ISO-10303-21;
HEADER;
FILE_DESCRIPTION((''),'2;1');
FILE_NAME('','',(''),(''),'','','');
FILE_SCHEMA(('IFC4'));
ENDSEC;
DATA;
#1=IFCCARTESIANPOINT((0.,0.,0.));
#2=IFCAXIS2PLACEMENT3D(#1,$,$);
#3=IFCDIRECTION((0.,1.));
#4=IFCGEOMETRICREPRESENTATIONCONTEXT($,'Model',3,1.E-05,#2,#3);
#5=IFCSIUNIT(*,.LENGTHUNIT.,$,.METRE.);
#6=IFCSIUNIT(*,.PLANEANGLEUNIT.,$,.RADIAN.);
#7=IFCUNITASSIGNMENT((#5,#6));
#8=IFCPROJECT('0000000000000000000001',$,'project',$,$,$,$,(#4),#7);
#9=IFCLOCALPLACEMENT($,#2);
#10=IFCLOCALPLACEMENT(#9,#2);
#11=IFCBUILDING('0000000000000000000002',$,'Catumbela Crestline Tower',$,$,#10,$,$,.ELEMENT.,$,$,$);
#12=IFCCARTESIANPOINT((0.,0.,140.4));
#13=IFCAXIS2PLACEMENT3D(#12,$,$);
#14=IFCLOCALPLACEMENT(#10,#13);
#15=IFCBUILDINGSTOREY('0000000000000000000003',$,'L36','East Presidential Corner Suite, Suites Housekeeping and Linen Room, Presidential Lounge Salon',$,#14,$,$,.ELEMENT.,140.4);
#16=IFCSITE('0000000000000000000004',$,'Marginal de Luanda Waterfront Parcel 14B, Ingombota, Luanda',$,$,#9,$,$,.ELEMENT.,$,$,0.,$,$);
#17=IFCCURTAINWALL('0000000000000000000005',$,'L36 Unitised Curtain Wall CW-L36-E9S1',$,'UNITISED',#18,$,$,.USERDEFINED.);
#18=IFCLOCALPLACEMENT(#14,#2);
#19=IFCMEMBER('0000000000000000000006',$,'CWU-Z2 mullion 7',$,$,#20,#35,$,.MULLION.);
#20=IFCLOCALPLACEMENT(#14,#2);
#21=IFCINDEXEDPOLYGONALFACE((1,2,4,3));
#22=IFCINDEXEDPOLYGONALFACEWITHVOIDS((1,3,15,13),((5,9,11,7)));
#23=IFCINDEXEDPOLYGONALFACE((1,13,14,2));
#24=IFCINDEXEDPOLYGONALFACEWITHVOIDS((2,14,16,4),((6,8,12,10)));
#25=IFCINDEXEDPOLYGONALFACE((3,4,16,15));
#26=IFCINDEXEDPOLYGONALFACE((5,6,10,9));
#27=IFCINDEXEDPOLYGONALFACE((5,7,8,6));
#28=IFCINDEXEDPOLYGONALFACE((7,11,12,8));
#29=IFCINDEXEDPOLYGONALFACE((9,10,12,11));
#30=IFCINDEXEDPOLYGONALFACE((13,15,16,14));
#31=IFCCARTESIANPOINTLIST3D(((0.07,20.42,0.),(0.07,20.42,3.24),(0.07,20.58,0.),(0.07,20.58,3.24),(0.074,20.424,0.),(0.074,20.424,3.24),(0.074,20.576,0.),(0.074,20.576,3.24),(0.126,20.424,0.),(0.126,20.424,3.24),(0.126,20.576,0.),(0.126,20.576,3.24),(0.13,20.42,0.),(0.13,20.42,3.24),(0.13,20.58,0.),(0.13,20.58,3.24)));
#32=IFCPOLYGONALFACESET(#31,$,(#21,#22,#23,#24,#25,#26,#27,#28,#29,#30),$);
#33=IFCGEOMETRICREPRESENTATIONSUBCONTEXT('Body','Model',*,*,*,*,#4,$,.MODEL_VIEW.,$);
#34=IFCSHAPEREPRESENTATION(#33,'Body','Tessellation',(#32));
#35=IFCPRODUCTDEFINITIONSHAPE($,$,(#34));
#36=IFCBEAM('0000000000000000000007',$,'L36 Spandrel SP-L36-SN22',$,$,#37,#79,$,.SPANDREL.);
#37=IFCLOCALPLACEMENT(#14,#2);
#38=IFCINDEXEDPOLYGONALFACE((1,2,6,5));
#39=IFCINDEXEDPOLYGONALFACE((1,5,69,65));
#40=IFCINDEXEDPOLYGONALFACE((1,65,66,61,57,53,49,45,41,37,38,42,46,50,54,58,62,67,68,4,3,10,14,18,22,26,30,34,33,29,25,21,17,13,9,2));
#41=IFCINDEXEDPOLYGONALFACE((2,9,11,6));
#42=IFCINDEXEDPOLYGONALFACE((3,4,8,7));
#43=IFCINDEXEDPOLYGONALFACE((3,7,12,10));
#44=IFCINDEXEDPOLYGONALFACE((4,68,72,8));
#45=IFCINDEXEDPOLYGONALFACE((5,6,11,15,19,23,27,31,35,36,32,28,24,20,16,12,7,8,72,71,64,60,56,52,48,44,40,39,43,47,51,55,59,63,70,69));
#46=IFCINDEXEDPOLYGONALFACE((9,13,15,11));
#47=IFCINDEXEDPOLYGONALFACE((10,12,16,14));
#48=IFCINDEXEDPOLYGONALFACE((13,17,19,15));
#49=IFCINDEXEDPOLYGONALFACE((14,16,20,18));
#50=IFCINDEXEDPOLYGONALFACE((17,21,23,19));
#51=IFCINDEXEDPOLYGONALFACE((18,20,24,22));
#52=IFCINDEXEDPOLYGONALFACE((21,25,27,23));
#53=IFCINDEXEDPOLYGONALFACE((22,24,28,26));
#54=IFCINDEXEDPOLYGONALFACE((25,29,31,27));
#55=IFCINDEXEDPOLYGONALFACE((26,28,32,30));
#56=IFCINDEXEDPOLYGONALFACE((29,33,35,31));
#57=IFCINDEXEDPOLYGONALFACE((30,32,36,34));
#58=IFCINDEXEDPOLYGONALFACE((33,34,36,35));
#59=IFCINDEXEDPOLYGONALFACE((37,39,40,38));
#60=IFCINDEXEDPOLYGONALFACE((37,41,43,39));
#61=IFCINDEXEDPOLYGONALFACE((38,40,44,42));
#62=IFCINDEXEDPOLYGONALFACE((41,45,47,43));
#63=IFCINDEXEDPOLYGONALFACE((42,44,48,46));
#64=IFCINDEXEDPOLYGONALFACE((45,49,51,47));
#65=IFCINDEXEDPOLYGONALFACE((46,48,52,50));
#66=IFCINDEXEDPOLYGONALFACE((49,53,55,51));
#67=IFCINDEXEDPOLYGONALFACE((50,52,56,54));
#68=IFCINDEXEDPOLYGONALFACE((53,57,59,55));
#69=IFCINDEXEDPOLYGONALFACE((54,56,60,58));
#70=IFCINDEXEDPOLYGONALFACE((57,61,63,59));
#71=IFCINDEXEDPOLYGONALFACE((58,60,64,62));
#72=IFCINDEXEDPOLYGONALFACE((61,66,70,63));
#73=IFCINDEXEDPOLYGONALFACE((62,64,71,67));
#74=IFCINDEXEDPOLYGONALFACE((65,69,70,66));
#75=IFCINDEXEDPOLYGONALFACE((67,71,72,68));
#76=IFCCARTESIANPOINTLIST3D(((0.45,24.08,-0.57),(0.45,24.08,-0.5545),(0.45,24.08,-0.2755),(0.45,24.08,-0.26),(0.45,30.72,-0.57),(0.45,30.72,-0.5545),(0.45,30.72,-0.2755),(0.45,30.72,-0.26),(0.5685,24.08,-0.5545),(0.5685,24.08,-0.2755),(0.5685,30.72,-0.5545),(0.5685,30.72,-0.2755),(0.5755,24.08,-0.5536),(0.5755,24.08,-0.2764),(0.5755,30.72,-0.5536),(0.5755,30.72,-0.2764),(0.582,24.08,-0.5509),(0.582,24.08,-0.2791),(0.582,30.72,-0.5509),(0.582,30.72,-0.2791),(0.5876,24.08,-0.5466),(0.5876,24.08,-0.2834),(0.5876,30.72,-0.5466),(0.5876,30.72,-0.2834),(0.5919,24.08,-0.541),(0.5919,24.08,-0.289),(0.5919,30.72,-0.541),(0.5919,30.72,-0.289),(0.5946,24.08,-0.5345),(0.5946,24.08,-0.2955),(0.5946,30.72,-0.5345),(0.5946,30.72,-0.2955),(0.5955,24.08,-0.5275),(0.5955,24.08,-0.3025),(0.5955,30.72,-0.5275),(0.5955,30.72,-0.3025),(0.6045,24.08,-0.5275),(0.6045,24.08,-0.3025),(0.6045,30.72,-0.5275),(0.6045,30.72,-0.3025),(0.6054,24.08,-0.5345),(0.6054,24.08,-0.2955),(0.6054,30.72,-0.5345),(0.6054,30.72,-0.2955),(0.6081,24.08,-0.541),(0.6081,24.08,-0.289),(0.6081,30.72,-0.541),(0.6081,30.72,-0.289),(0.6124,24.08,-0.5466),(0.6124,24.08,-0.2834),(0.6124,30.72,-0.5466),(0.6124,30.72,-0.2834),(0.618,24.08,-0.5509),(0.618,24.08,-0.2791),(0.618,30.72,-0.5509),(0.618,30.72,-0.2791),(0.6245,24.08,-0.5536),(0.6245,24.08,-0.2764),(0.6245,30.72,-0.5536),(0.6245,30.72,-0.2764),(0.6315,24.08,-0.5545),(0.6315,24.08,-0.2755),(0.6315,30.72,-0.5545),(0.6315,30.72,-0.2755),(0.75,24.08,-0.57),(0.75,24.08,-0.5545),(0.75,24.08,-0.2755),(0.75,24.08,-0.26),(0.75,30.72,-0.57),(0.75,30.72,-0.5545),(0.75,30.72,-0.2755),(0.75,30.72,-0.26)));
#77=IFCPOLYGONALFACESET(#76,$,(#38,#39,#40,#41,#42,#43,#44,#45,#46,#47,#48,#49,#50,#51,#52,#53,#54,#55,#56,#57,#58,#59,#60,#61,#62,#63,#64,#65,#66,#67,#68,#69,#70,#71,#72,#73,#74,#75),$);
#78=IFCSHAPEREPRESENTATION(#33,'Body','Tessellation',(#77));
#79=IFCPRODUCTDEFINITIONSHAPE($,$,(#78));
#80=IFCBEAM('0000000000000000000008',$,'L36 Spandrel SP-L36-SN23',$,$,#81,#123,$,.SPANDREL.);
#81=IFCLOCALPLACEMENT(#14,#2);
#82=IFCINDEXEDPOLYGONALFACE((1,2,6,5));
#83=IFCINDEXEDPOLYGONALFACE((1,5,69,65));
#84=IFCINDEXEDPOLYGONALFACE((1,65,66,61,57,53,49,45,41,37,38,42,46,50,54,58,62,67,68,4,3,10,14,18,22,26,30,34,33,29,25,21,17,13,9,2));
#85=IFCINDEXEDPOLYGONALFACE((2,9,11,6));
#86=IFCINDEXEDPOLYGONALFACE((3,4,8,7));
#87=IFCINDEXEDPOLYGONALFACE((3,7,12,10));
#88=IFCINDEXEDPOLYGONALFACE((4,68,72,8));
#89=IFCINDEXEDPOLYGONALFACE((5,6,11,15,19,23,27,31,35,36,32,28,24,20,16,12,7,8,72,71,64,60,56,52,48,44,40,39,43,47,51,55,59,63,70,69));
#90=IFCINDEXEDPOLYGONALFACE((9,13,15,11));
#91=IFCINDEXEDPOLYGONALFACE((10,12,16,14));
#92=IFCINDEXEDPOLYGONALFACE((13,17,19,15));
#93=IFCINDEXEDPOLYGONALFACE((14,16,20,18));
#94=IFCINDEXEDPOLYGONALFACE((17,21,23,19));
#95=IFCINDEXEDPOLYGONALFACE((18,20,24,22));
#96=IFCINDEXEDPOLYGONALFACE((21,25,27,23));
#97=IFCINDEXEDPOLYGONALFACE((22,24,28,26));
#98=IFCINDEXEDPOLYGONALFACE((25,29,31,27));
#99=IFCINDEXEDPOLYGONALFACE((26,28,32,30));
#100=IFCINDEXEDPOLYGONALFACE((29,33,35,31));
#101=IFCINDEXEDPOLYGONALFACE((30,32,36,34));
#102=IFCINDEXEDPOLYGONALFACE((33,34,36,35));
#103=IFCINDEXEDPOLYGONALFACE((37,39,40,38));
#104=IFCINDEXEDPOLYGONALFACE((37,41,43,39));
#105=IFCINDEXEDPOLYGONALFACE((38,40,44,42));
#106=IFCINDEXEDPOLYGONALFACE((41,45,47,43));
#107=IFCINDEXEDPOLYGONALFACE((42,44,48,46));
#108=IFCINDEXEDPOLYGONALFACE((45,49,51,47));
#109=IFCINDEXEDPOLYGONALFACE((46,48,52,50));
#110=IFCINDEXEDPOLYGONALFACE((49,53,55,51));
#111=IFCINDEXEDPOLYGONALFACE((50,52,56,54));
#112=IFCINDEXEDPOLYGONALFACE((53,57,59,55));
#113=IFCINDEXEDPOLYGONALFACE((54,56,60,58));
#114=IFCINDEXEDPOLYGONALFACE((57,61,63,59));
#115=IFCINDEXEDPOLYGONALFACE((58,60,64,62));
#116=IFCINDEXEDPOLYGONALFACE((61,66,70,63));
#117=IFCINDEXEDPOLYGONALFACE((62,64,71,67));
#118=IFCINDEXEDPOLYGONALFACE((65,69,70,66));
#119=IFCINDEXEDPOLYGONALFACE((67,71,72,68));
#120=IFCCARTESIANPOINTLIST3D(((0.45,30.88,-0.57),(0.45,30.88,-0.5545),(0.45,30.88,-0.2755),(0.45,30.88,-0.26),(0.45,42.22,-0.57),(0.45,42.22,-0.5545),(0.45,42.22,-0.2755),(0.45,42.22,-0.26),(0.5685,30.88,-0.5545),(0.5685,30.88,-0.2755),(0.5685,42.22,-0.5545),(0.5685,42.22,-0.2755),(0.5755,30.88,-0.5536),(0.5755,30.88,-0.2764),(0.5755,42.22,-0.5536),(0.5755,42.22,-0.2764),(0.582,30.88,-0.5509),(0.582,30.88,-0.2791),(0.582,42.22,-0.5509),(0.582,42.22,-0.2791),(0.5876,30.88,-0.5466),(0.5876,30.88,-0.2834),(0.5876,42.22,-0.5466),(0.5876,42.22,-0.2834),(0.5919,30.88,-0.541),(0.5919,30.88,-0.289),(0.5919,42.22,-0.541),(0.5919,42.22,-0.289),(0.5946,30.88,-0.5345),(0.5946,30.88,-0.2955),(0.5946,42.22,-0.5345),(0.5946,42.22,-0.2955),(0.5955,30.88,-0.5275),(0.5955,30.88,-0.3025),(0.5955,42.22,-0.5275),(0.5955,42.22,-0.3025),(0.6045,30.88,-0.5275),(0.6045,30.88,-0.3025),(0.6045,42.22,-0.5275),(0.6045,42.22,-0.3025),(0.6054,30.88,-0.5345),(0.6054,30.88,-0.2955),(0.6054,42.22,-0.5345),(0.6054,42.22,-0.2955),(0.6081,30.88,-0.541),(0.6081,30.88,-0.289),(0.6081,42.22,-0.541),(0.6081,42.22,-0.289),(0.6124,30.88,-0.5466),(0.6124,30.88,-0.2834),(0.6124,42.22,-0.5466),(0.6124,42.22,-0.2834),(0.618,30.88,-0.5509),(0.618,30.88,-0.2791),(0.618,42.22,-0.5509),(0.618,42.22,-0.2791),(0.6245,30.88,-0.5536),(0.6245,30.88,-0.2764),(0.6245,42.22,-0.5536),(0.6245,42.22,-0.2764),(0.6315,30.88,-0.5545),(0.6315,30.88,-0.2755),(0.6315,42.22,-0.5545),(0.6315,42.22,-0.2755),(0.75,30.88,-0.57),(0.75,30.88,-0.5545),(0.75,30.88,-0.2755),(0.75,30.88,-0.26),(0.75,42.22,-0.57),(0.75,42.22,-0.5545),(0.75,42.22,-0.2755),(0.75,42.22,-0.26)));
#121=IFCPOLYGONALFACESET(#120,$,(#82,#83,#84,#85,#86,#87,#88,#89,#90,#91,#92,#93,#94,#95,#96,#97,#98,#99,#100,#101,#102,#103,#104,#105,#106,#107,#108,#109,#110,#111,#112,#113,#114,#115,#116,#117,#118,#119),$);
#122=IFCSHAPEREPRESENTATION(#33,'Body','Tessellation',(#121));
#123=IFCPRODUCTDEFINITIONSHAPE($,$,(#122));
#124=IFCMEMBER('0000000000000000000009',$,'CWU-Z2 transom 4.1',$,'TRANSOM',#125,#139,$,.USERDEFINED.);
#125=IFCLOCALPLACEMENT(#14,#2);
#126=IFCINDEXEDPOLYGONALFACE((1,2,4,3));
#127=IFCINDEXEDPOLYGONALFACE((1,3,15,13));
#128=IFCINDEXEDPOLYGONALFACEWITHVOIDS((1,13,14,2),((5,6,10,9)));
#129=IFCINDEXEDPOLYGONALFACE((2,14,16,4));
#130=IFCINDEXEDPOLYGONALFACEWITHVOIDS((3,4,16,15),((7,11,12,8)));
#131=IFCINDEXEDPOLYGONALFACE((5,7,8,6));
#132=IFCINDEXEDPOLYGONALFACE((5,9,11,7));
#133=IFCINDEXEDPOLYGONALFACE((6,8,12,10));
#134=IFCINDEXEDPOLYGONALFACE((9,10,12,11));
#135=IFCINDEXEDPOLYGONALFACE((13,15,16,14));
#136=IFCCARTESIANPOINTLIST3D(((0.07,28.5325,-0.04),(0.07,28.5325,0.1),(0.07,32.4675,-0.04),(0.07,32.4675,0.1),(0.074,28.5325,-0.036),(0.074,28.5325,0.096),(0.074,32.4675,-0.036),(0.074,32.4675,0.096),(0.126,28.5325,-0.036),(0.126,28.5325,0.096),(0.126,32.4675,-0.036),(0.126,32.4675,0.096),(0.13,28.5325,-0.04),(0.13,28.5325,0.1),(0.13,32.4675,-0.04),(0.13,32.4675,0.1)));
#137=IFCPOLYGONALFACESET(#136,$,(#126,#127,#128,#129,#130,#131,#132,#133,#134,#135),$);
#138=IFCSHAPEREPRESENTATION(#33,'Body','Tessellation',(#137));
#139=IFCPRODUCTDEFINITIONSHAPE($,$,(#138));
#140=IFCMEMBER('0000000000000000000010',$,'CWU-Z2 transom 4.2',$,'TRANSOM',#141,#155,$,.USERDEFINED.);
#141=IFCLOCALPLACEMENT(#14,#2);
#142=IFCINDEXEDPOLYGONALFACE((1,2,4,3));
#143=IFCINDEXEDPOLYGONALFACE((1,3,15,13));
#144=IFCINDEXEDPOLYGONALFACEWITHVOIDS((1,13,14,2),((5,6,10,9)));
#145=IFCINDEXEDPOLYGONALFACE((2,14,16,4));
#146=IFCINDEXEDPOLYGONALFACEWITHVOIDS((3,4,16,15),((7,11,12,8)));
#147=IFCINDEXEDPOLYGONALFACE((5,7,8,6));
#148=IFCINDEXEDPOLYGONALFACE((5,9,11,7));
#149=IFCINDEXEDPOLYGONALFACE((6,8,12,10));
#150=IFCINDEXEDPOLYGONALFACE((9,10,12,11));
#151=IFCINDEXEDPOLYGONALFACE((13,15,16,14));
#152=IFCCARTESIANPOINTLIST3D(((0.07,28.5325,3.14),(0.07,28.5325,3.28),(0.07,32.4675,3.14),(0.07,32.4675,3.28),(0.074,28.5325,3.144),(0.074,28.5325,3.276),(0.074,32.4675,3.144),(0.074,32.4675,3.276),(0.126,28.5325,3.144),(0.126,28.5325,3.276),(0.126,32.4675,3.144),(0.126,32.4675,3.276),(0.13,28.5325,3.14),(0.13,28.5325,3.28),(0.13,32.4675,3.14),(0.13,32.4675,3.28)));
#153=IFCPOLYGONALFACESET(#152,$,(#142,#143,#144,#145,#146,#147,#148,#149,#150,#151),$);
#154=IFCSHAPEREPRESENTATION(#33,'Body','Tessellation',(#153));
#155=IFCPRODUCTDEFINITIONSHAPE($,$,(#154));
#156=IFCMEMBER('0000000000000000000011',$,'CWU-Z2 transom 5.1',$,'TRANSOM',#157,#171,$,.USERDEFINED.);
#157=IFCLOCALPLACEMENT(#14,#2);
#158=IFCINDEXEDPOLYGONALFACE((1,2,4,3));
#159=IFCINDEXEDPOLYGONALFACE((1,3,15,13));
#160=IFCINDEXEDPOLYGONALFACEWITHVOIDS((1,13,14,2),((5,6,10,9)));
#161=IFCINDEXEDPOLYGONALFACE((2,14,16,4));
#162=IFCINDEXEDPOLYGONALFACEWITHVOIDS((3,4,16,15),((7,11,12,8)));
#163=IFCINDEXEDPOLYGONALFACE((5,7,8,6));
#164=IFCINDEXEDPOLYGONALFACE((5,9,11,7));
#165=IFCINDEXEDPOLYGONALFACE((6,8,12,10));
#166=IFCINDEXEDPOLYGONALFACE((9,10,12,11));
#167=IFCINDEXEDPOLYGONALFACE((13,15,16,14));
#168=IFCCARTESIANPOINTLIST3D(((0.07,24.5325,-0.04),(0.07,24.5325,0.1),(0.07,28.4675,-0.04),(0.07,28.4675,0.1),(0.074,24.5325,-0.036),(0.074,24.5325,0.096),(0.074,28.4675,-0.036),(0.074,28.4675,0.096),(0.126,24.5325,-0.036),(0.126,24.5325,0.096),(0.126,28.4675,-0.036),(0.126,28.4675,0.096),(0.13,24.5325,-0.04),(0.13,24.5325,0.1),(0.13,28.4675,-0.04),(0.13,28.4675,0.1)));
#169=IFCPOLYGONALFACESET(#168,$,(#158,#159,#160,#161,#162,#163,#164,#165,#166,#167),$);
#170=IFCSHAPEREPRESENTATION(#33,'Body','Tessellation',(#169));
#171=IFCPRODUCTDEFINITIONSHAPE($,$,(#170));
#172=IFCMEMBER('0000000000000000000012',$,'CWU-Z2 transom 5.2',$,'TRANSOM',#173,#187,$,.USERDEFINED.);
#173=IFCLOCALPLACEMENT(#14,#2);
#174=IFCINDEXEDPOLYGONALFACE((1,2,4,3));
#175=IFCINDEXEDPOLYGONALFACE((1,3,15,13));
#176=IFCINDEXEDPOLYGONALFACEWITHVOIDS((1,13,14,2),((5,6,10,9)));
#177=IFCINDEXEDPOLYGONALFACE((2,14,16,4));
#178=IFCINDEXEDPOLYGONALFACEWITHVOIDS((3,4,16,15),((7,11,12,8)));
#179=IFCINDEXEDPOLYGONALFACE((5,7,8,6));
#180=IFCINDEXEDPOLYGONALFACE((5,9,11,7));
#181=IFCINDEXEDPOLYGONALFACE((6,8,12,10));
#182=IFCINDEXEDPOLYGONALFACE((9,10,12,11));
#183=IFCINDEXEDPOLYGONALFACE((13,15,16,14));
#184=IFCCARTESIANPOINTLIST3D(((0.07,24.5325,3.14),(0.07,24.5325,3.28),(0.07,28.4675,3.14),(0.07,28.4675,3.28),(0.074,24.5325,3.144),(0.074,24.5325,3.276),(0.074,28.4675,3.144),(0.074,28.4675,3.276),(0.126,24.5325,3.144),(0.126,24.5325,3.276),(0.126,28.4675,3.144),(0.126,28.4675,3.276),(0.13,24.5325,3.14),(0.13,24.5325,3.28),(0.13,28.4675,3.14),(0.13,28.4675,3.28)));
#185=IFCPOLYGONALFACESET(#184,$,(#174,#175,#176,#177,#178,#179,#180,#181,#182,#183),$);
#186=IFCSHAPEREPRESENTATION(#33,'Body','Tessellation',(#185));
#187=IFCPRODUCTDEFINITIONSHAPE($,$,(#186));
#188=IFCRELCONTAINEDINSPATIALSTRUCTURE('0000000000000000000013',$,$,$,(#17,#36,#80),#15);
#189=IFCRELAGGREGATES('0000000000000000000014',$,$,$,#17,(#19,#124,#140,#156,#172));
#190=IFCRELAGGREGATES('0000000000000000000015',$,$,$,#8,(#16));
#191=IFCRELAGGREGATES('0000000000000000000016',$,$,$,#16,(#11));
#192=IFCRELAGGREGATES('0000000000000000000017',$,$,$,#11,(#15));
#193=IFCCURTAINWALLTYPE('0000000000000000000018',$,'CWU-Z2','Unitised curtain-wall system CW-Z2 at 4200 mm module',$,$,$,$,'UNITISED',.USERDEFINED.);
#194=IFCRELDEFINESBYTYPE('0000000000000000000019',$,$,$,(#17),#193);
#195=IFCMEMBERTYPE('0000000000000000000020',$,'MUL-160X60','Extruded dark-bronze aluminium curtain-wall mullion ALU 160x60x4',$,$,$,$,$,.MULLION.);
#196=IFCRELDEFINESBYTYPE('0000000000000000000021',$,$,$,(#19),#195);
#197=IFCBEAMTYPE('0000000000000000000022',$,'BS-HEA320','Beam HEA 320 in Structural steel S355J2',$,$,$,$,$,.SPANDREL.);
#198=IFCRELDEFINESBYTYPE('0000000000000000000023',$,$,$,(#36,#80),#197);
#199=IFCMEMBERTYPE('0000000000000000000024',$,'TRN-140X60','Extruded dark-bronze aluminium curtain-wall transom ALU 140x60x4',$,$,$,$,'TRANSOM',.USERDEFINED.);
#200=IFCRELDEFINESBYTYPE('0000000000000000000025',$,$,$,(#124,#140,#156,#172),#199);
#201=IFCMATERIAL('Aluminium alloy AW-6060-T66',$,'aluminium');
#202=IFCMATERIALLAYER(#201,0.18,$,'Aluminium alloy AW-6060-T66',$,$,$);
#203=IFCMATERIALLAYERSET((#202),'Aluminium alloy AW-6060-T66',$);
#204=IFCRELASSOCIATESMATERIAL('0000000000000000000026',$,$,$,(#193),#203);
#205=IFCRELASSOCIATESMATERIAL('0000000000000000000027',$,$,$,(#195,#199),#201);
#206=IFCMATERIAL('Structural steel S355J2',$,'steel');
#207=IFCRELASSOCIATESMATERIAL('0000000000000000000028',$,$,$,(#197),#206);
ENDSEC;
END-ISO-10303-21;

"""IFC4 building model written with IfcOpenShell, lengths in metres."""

from ifc_helpers import new_model, si_unit, direction, frame, origin, origin_2d, place, context, subcontext, project, spatial, hollow_rectangle, i_section, extrude, material, layer, layer_set, material_profile, profile_set, type_object, element, aggregate, save


model = new_model("IFC4")

# Units and contexts
model_context = context("Model", 3, precision=1e-05, world=origin(), true_north=direction((0.0, 1.0)))
body_context = subcontext(model_context, "Body", "Model", "MODEL_VIEW")
ifc_project = project(units=[si_unit("LENGTHUNIT", "METRE"), si_unit("PLANEANGLEUNIT", "RADIAN")], contexts=[model_context])

# Site, building, storey
site_placement = place(None, origin())
site = spatial("IfcSite", under=ifc_project, at=site_placement, Name="Marginal de Luanda Waterfront Parcel 14B, Ingombota, Luanda", CompositionType="ELEMENT", RefElevation=0.0)
building_placement = place(site_placement, origin())
building = spatial("IfcBuilding", under=site, at=building_placement, Name="Catumbela Crestline Tower", CompositionType="ELEMENT")
storey_placement = place(building_placement, frame((0.0, 0.0, 140.4)))
storey = spatial("IfcBuildingStorey", under=building, at=storey_placement, Name="L36", Description="East Presidential Corner Suite, Suites Housekeeping and Linen Room, Presidential Lounge Salon", CompositionType="ELEMENT", Elevation=140.4)

# Shared definitions
ifc_material_1 = material(Name="Structural steel S355J2", Category="steel")

# Curtain wall, member
ifc_material_2 = material(Name="Aluminium alloy AW-6060-T66", Category="aluminium")
ifc_layer_1 = layer(ifc_material_2, 0.18, Name="Aluminium alloy AW-6060-T66")
ifc_layer_set_1 = layer_set([ifc_layer_1], Name="Aluminium alloy AW-6060-T66")
curtain_wall_type = type_object("IfcCurtainWallType", Name="CWU-Z2", Description="Unitised curtain-wall system CW-Z2 at 4200 mm module", ElementType="UNITISED", PredefinedType="USERDEFINED", material=ifc_layer_set_1)
curtain_wall_placement = place(storey_placement, origin())
curtain_wall = element("IfcCurtainWall", 1, at=curtain_wall_placement, inside=storey, type_object=curtain_wall_type, Name="L36 Unitised Curtain Wall CW-L36-E9S1", ObjectType="UNITISED", PredefinedType="USERDEFINED")
ifc_material_profile_1 = material_profile(ifc_material_2, hollow_rectangle(XDim=0.06, YDim=0.16, WallThickness=0.004, at=origin_2d()), Name="ALU 160x60x4")
ifc_profile_set_1 = profile_set([ifc_material_profile_1], Name="Aluminium alloy AW-6060-T66")
member_type_1 = type_object("IfcMemberType", Name="MUL-160X60", Description="Extruded dark-bronze aluminium curtain-wall mullion ALU 160x60x4", PredefinedType="MULLION", material=ifc_profile_set_1)
member_1_placement = place(storey_placement, frame((0.1, 20.5, 0.0), z_axis=(0.0, 0.0, 1.0), x_axis=(1.0, 0.0, 0.0)))
member_1 = element("IfcMember", 2, at=member_1_placement, type_object=member_type_1, Name="CWU-Z2 mullion 7", PredefinedType="MULLION", context=body_context, shape_type="SweptSolid", body=[
    extrude(hollow_rectangle(XDim=0.06, YDim=0.16, WallThickness=0.004, at=origin_2d()), origin(), (0.0, 0.0, 1.0), 3.24),
])

# Beams
ifc_material_profile_2 = material_profile(ifc_material_1, i_section(OverallWidth=0.3, OverallDepth=0.31, WebThickness=0.009, FlangeThickness=0.0155, FilletRadius=0.027, at=origin_2d()), Name="HEA 320")
ifc_profile_set_2 = profile_set([ifc_material_profile_2], Name="Structural steel S355J2")
beam_type_1 = type_object("IfcBeamType", Name="BS-HEA320", Description="Beam HEA 320 in Structural steel S355J2", PredefinedType="SPANDREL", material=ifc_profile_set_2)
beam_1_placement = place(storey_placement, frame((0.6, 24.08, -0.415), z_axis=(0.0, 1.0, 0.0), x_axis=(-1.0, 0.0, 0.0)))
element("IfcBeam", 3, at=beam_1_placement, inside=storey, type_object=beam_type_1, Name="L36 Spandrel SP-L36-SN22", PredefinedType="SPANDREL", context=body_context, shape_type="SweptSolid", body=[
    extrude(i_section(OverallWidth=0.3, OverallDepth=0.31, WebThickness=0.009, FlangeThickness=0.0155, FilletRadius=0.027, at=origin_2d()), origin(), (0.0, 0.0, 1.0), 6.64),
])
beam_2_placement = place(storey_placement, frame((0.6, 30.88, -0.415), z_axis=(0.0, 1.0, 0.0), x_axis=(-1.0, 0.0, 0.0)))
element("IfcBeam", 4, at=beam_2_placement, inside=storey, type_object=beam_type_1, Name="L36 Spandrel SP-L36-SN23", PredefinedType="SPANDREL", context=body_context, shape_type="SweptSolid", body=[
    extrude(i_section(OverallWidth=0.3, OverallDepth=0.31, WebThickness=0.009, FlangeThickness=0.0155, FilletRadius=0.027, at=origin_2d()), origin(), (0.0, 0.0, 1.0), 11.34),
])

# Members
ifc_material_profile_3 = material_profile(ifc_material_2, hollow_rectangle(XDim=0.06, YDim=0.14, WallThickness=0.004, at=origin_2d()), Name="ALU 140x60x4")
ifc_profile_set_3 = profile_set([ifc_material_profile_3], Name="Aluminium alloy AW-6060-T66")
member_type_2 = type_object("IfcMemberType", Name="TRN-140X60", Description="Extruded dark-bronze aluminium curtain-wall transom ALU 140x60x4", ElementType="TRANSOM", PredefinedType="USERDEFINED", material=ifc_profile_set_3)
member_2_placement = place(storey_placement, frame((0.1, 32.4675, 0.03), z_axis=(0.0, -1.0, 0.0), x_axis=(1.0, 0.0, 0.0)))
member_2 = element("IfcMember", 5, at=member_2_placement, type_object=member_type_2, Name="CWU-Z2 transom 4.1", ObjectType="TRANSOM", PredefinedType="USERDEFINED", context=body_context, shape_type="SweptSolid", body=[
    extrude(hollow_rectangle(XDim=0.06, YDim=0.14, WallThickness=0.004, at=origin_2d()), origin(), (0.0, 0.0, 1.0), 3.935),
])
member_3_placement = place(storey_placement, frame((0.1, 32.4675, 3.21), z_axis=(0.0, -1.0, 0.0), x_axis=(1.0, 0.0, 0.0)))
member_3 = element("IfcMember", 6, at=member_3_placement, type_object=member_type_2, Name="CWU-Z2 transom 4.2", ObjectType="TRANSOM", PredefinedType="USERDEFINED", context=body_context, shape_type="SweptSolid", body=[
    extrude(hollow_rectangle(XDim=0.06, YDim=0.14, WallThickness=0.004, at=origin_2d()), origin(), (0.0, 0.0, 1.0), 3.935),
])
member_4_placement = place(storey_placement, frame((0.1, 28.4675, 0.03), z_axis=(0.0, -1.0, 0.0), x_axis=(1.0, 0.0, 0.0)))
member_4 = element("IfcMember", 7, at=member_4_placement, type_object=member_type_2, Name="CWU-Z2 transom 5.1", ObjectType="TRANSOM", PredefinedType="USERDEFINED", context=body_context, shape_type="SweptSolid", body=[
    extrude(hollow_rectangle(XDim=0.06, YDim=0.14, WallThickness=0.004, at=origin_2d()), origin(), (0.0, 0.0, 1.0), 3.935),
])
member_5_placement = place(storey_placement, frame((0.1, 28.4675, 3.21), z_axis=(0.0, -1.0, 0.0), x_axis=(1.0, 0.0, 0.0)))
member_5 = element("IfcMember", 8, at=member_5_placement, type_object=member_type_2, Name="CWU-Z2 transom 5.2", ObjectType="TRANSOM", PredefinedType="USERDEFINED", context=body_context, shape_type="SweptSolid", body=[
    extrude(hollow_rectangle(XDim=0.06, YDim=0.14, WallThickness=0.004, at=origin_2d()), origin(), (0.0, 0.0, 1.0), 3.935),
])

aggregate(curtain_wall, [member_1, member_2, member_3, member_4, member_5])

save(model, "model.ifc")
